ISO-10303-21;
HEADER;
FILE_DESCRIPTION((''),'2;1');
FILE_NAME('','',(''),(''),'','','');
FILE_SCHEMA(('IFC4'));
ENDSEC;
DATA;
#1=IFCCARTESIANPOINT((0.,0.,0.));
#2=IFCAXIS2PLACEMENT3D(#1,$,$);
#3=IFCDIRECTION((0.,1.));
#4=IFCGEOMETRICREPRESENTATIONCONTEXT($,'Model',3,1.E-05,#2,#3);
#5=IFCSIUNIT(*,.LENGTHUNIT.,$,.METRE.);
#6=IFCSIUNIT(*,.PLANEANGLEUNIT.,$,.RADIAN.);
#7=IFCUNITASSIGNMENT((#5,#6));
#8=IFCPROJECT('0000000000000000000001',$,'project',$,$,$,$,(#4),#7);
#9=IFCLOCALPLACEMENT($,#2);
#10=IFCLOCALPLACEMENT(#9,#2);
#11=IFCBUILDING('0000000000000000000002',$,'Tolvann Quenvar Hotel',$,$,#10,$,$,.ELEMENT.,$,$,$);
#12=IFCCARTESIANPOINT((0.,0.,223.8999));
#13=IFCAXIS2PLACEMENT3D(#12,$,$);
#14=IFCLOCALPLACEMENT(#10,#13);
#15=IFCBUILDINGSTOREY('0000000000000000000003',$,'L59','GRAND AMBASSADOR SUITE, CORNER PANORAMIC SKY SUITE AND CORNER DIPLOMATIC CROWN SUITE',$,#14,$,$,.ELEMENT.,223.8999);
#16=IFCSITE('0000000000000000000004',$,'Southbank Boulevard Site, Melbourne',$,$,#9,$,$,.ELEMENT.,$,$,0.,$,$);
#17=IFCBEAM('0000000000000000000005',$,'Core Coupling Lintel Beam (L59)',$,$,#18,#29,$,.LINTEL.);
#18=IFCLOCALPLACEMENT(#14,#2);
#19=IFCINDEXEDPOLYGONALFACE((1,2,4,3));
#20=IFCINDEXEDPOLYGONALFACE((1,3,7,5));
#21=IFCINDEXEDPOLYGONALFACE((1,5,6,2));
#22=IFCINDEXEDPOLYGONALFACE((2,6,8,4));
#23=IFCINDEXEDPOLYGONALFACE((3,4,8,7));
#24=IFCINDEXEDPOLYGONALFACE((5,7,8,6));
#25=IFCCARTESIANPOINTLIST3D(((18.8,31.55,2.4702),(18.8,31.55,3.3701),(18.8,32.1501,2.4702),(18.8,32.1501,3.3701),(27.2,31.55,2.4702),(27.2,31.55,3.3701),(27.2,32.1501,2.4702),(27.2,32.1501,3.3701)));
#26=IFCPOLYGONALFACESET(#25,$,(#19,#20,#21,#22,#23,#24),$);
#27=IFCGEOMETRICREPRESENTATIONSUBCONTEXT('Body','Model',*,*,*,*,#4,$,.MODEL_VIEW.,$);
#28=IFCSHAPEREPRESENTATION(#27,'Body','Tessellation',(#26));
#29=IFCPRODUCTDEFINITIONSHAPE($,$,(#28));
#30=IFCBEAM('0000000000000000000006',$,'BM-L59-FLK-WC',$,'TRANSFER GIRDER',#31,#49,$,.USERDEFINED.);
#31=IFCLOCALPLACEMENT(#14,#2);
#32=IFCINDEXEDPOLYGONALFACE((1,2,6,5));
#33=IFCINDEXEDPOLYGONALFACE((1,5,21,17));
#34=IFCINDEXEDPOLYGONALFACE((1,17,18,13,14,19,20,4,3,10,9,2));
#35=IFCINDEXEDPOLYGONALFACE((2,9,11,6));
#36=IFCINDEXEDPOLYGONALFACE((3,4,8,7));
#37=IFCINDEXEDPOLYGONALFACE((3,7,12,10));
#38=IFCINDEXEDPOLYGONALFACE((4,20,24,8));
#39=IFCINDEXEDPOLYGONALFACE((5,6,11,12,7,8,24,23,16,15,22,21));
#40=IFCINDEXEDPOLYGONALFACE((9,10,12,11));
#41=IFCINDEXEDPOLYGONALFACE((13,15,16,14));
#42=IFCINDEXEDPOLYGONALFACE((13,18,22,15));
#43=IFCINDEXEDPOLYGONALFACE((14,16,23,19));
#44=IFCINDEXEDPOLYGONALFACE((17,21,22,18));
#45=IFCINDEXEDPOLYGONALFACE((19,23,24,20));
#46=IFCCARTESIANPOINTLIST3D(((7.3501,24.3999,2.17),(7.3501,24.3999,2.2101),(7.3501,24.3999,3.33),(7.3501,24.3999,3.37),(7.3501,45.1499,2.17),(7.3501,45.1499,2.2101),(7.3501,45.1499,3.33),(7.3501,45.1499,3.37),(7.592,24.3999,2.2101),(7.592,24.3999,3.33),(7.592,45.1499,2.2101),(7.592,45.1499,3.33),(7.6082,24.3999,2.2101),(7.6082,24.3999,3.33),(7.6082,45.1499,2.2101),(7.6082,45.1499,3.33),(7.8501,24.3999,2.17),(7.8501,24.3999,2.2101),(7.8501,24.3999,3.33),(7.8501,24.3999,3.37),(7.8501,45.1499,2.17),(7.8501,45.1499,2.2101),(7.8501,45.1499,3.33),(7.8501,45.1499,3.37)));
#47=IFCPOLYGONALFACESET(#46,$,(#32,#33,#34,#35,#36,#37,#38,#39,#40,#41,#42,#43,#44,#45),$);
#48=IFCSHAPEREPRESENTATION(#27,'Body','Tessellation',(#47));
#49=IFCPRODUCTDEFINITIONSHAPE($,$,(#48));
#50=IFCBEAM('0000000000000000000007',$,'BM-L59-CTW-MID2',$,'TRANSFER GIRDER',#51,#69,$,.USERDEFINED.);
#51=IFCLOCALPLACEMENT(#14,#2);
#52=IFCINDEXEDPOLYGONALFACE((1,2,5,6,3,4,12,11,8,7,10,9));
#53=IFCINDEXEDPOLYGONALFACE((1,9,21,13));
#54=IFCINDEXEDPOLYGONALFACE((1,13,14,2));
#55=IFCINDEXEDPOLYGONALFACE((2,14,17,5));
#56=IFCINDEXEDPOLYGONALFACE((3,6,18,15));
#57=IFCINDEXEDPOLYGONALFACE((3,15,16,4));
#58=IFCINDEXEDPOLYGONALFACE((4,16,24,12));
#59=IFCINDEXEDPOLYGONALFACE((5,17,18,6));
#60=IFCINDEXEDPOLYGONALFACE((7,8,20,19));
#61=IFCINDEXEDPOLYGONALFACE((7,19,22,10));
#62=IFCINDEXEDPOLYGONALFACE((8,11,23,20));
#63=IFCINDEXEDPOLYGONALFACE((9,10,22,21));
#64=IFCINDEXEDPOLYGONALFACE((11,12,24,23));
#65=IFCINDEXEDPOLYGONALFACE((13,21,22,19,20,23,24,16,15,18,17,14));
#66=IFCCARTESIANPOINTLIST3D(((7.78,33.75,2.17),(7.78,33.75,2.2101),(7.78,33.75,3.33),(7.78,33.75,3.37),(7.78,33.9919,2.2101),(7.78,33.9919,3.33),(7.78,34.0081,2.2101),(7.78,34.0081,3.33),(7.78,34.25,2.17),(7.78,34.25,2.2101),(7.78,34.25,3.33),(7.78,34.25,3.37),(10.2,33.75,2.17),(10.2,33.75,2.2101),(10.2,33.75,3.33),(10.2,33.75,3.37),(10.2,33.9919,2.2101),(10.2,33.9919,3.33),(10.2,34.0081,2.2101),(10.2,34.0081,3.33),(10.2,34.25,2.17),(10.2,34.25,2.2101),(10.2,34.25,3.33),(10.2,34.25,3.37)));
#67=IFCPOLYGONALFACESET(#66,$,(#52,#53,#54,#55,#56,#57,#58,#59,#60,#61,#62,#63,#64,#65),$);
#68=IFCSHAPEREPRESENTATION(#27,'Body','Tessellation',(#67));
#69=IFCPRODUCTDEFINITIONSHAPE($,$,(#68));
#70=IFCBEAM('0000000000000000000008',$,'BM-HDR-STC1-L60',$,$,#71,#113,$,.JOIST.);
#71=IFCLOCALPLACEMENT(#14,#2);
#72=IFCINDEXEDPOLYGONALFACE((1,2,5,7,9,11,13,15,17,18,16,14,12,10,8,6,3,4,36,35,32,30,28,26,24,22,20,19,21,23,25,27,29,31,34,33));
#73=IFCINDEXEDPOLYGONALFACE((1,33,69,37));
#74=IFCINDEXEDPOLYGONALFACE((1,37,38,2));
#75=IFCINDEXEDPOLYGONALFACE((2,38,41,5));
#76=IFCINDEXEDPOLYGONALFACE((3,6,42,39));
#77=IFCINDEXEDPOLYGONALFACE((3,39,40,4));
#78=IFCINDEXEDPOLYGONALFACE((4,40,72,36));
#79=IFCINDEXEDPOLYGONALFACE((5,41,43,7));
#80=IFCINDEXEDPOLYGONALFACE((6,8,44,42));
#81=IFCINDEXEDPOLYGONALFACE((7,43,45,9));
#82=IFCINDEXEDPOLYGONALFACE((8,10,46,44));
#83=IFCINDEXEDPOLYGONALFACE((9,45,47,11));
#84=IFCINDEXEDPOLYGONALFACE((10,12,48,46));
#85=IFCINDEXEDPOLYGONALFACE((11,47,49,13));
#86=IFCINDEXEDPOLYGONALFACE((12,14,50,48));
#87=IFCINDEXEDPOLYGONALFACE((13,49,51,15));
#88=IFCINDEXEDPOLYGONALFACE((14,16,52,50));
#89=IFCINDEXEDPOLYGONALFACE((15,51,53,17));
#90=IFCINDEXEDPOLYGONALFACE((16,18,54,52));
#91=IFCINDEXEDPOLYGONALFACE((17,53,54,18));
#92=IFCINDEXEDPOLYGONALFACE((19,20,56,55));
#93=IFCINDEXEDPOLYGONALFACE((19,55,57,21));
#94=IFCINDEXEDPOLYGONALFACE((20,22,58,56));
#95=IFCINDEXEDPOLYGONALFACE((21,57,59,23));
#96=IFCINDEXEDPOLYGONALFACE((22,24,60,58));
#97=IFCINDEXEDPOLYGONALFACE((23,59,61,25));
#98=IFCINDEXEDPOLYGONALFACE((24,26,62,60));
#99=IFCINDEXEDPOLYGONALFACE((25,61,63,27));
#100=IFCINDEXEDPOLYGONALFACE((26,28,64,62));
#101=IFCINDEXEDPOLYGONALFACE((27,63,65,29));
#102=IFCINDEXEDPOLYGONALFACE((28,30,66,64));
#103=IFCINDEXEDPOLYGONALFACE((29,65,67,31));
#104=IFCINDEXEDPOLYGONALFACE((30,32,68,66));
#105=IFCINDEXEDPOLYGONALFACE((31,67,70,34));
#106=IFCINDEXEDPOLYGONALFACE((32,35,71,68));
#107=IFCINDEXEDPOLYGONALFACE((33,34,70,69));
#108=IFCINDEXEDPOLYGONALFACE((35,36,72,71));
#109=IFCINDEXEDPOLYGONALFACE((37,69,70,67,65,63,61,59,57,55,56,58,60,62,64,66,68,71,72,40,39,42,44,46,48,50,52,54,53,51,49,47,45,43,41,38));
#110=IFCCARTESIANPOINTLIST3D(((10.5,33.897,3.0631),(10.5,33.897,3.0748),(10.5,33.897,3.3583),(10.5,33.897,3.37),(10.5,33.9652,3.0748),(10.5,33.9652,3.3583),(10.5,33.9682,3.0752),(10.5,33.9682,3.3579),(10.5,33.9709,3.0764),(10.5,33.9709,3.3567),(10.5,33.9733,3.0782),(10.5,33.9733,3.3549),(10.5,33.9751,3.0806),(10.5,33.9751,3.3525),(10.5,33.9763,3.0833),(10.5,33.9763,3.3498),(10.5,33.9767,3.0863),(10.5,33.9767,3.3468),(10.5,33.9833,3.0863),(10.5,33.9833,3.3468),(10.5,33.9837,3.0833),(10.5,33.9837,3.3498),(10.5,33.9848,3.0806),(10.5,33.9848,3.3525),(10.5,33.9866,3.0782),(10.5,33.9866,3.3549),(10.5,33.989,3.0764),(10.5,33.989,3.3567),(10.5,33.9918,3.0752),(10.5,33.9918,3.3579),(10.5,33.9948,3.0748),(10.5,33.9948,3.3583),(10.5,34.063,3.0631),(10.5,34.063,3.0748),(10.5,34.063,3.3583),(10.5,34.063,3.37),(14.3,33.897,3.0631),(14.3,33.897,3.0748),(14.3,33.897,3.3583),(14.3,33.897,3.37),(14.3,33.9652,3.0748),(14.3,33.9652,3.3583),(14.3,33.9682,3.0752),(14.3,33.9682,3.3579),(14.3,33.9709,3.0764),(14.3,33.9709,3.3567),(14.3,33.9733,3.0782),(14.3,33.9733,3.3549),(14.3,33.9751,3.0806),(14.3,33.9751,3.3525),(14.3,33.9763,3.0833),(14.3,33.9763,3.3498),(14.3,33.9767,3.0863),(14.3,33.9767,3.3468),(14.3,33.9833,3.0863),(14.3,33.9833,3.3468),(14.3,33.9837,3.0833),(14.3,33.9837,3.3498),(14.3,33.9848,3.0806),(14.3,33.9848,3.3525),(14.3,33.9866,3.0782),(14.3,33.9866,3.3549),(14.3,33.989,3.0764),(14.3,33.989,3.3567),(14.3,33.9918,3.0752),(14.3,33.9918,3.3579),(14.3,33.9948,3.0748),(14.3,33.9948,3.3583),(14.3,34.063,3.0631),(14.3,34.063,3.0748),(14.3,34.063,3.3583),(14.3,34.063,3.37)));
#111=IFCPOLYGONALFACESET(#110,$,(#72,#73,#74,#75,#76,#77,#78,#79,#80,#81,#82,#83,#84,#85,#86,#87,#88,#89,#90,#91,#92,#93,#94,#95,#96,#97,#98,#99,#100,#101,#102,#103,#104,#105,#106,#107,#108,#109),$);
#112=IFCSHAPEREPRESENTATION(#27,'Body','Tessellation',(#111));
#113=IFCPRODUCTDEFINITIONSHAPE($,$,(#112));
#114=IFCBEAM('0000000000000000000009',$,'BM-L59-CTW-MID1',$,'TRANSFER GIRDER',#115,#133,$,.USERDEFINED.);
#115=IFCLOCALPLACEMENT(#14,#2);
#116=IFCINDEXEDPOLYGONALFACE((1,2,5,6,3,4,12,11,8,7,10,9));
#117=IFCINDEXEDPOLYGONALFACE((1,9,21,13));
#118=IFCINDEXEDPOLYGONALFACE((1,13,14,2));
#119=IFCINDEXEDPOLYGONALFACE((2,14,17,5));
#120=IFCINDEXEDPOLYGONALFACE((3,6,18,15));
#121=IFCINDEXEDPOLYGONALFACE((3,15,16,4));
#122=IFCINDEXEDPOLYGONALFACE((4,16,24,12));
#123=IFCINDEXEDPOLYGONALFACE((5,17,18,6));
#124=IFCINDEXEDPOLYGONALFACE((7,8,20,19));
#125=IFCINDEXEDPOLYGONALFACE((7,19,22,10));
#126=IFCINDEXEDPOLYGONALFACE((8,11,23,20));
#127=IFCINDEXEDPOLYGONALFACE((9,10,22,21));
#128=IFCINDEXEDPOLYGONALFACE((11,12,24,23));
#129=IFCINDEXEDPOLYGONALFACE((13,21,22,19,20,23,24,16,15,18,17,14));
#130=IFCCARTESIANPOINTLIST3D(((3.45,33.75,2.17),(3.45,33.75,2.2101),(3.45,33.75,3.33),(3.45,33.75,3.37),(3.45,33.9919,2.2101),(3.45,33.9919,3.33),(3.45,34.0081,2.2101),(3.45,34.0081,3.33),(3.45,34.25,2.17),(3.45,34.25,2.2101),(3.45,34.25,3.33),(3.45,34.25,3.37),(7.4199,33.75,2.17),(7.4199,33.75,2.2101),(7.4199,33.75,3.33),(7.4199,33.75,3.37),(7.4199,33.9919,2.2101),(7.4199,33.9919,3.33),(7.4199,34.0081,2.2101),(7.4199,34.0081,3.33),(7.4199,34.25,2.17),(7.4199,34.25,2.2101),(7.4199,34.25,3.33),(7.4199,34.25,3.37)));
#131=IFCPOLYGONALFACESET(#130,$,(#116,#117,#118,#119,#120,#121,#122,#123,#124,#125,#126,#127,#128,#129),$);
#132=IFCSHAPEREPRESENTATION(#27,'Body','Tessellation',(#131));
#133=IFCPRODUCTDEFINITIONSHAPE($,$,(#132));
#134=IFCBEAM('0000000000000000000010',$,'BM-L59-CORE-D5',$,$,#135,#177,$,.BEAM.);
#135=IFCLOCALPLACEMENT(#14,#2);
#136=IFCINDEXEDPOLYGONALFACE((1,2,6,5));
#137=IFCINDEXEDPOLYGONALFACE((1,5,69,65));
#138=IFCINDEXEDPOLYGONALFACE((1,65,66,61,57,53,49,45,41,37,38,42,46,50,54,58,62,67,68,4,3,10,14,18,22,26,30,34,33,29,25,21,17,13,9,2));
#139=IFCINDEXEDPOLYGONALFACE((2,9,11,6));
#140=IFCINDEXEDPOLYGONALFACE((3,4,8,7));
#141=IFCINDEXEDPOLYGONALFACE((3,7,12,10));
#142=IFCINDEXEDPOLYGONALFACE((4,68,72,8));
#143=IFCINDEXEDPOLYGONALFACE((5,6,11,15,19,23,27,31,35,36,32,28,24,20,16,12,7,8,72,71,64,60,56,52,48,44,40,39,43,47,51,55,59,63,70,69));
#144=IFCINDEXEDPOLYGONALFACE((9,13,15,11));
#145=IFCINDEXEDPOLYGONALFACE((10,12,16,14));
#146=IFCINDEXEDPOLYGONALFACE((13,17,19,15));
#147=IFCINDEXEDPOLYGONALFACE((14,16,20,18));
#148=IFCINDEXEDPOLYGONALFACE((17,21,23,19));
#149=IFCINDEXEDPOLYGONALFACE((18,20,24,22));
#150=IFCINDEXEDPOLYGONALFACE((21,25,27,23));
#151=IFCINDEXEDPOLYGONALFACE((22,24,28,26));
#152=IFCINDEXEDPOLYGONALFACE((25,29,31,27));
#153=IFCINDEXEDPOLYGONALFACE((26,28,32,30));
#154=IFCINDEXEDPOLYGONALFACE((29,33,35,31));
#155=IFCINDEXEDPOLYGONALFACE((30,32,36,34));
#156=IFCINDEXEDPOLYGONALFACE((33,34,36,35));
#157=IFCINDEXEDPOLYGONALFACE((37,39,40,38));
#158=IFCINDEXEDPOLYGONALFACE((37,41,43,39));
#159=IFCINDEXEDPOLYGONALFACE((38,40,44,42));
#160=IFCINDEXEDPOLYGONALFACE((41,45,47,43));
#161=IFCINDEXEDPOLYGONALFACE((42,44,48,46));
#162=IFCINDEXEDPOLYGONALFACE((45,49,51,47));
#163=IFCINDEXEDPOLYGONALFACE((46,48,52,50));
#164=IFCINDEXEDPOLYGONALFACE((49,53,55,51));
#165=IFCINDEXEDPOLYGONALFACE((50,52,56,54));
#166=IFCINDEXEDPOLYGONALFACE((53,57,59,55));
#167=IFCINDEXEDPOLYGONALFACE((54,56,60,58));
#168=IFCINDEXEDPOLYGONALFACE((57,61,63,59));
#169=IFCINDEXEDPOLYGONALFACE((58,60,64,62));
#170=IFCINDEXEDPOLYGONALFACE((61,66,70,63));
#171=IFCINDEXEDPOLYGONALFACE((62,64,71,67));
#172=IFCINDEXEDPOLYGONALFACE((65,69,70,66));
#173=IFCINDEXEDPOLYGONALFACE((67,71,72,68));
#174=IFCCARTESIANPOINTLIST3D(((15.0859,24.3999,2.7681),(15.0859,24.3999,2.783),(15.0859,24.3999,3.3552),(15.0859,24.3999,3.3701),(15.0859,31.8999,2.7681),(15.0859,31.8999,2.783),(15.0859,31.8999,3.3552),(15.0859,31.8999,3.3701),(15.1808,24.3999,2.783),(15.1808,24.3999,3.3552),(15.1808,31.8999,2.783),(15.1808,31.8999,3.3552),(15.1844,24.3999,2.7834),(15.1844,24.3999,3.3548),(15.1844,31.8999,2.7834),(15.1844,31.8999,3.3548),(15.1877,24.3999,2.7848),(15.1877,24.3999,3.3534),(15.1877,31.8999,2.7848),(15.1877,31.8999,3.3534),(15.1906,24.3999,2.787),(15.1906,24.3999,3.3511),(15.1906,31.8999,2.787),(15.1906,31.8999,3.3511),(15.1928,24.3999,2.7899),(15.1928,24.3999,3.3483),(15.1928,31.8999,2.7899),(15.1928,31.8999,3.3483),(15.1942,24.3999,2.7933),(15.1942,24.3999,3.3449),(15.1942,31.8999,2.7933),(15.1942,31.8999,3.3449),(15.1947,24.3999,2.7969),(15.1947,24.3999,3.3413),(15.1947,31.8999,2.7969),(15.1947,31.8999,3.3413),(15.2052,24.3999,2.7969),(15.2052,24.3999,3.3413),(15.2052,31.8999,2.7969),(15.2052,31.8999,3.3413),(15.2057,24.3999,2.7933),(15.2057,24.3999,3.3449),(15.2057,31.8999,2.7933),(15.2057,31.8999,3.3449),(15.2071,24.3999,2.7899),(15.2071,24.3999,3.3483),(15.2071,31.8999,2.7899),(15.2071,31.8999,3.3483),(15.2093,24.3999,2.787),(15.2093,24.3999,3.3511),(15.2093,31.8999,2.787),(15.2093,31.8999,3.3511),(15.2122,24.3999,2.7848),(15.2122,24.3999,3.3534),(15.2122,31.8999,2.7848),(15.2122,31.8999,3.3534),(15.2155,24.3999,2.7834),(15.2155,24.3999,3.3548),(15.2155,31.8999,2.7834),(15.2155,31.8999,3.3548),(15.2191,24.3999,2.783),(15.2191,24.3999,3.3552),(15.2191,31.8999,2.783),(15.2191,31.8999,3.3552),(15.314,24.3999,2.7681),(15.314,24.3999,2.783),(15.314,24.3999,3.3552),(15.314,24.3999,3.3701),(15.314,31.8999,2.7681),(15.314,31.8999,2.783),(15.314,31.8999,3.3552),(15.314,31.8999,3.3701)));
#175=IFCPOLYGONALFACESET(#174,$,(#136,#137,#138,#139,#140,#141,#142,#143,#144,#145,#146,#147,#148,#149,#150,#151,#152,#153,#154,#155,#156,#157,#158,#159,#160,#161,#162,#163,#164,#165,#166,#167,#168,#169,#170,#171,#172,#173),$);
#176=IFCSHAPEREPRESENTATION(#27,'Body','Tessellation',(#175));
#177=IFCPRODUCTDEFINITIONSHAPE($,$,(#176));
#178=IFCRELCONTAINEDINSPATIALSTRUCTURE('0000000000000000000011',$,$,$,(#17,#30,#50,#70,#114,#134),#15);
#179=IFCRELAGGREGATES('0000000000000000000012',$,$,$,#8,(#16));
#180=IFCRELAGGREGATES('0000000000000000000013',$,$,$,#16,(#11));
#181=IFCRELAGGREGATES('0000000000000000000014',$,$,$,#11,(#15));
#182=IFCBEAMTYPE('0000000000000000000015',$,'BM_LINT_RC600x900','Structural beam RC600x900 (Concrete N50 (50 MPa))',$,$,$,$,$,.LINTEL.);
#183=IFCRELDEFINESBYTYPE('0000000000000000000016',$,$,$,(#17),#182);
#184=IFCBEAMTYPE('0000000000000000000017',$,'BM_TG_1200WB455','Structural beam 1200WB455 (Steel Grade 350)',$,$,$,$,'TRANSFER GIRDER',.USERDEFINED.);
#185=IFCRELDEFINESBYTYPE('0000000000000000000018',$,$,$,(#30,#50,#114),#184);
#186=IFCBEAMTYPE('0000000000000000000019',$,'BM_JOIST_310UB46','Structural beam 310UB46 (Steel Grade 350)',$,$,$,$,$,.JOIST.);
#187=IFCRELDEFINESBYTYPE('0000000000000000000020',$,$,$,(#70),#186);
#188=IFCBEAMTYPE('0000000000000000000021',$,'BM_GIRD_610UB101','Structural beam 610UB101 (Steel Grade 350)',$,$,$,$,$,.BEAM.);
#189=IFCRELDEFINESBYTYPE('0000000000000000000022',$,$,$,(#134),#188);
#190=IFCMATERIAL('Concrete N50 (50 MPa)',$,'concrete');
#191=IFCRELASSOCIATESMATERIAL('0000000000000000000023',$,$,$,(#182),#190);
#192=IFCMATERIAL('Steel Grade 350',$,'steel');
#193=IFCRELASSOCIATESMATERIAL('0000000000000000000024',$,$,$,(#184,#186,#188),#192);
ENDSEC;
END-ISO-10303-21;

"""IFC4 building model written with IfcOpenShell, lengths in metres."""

from ifc_helpers import new_model, si_unit, direction, frame, origin, origin_2d, place, context, subcontext, project, spatial, rectangle, i_section, extrude, source, transform, mapped, material, material_profile, profile_set, type_object, type_shapes, element, save


model = new_model("IFC4")

# Units and contexts
model_context = context("Model", 3, precision=1e-05, world=origin(), true_north=direction((0.0, 1.0)))
body_context = subcontext(model_context, "Body", "Model", "MODEL_VIEW")
ifc_project = project(units=[si_unit("LENGTHUNIT", "METRE"), si_unit("PLANEANGLEUNIT", "RADIAN")], contexts=[model_context])

# Site, building, storey
site_placement = place(None, origin())
site = spatial("IfcSite", under=ifc_project, at=site_placement, Name="Southbank Boulevard Site, Melbourne", CompositionType="ELEMENT", RefElevation=0.0)
building_placement = place(site_placement, origin())
building = spatial("IfcBuilding", under=site, at=building_placement, Name="Tolvann Quenvar Hotel", CompositionType="ELEMENT")
storey_placement = place(building_placement, frame((0.0, 0.0, 223.8999)))
storey = spatial("IfcBuildingStorey", under=building, at=storey_placement, Name="L59", Description="GRAND AMBASSADOR SUITE, CORNER PANORAMIC SKY SUITE AND CORNER DIPLOMATIC CROWN SUITE", CompositionType="ELEMENT", Elevation=223.8999)

# Beams
ifc_material_1 = material(Name="Concrete N50 (50 MPa)", Category="concrete")
ifc_material_profile_1 = material_profile(ifc_material_1, rectangle(XDim=0.6001, YDim=0.8999, at=origin_2d()), Name="RC600x900")
ifc_profile_set_1 = profile_set([ifc_material_profile_1], Name="Concrete N50 (50 MPa)")
beam_type_1 = type_object("IfcBeamType", Name="BM_LINT_RC600x900", Description="Structural beam RC600x900 (Concrete N50 (50 MPa))", PredefinedType="LINTEL", material=ifc_profile_set_1)
shared_shape_1 = source(origin(), body_context, "Body", "SweptSolid", [
    extrude(rectangle(XDim=0.6001, YDim=0.8999, at=origin_2d()), origin(), (0.0, 0.0, 1.0), 8.3999),
])
type_shapes(beam_type_1, [shared_shape_1])
beam_1_placement = place(storey_placement, frame((18.8, 31.8501, 2.9202), z_axis=(1.0, 0.0, 0.0), x_axis=(0.0, 1.0, 0.0)))
element("IfcBeam", 1, at=beam_1_placement, inside=storey, type_object=beam_type_1, Name="Core Coupling Lintel Beam (L59)", PredefinedType="LINTEL", context=body_context, shape_type="MappedRepresentation", body=[
    mapped(shared_shape_1, transform((0.0, 0.0, 0.0), x_axis=(1.0, 0.0, 0.0), y_axis=(0.0, 1.0, 0.0), z_axis=(0.0, 0.0, 1.0), scale=1.0)),
])
ifc_material_2 = material(Name="Steel Grade 350", Category="steel")
ifc_material_profile_2 = material_profile(ifc_material_2, i_section(OverallWidth=0.5, OverallDepth=1.2, WebThickness=0.0161, FlangeThickness=0.04, at=origin_2d()), Name="1200WB455")
ifc_profile_set_2 = profile_set([ifc_material_profile_2], Name="Steel Grade 350")
beam_type_2 = type_object("IfcBeamType", Name="BM_TG_1200WB455", Description="Structural beam 1200WB455 (Steel Grade 350)", ElementType="TRANSFER GIRDER", PredefinedType="USERDEFINED", material=ifc_profile_set_2)
shared_shape_2 = source(origin(), body_context, "Body", "SweptSolid", [
    extrude(i_section(OverallWidth=0.5, OverallDepth=1.2, WebThickness=0.0161, FlangeThickness=0.04, at=origin_2d()), origin(), (0.0, 0.0, 1.0), 20.75),
])
beam_2_placement = place(storey_placement, frame((7.6001, 24.3999, 2.77), z_axis=(0.0, 1.0, 0.0), x_axis=(-1.0, 0.0, 0.0)))
element("IfcBeam", 2, at=beam_2_placement, inside=storey, type_object=beam_type_2, Name="BM-L59-FLK-WC", ObjectType="TRANSFER GIRDER", PredefinedType="USERDEFINED", context=body_context, shape_type="MappedRepresentation", body=[
    mapped(shared_shape_2, transform((0.0, 0.0, 0.0), x_axis=(1.0, 0.0, 0.0), y_axis=(0.0, 1.0, 0.0), z_axis=(0.0, 0.0, 1.0), scale=1.0)),
])
shared_shape_3 = source(origin(), body_context, "Body", "SweptSolid", [
    extrude(i_section(OverallWidth=0.5, OverallDepth=1.2, WebThickness=0.0161, FlangeThickness=0.04, at=origin_2d()), origin(), (0.0, 0.0, 1.0), 2.4199),
])
beam_3_placement = place(storey_placement, frame((7.78, 34.0, 2.77), z_axis=(1.0, 0.0, 0.0), x_axis=(0.0, 1.0, 0.0)))
element("IfcBeam", 3, at=beam_3_placement, inside=storey, type_object=beam_type_2, Name="BM-L59-CTW-MID2", ObjectType="TRANSFER GIRDER", PredefinedType="USERDEFINED", context=body_context, shape_type="MappedRepresentation", body=[
    mapped(shared_shape_3, transform((0.0, 0.0, 0.0), x_axis=(1.0, 0.0, 0.0), y_axis=(0.0, 1.0, 0.0), z_axis=(0.0, 0.0, 1.0), scale=1.0)),
])
ifc_material_profile_3 = material_profile(ifc_material_2, i_section(OverallWidth=0.166, OverallDepth=0.3069, WebThickness=0.0066, FlangeThickness=0.0117, FilletRadius=0.0115, at=origin_2d()), Name="310UB46")
ifc_profile_set_3 = profile_set([ifc_material_profile_3], Name="Steel Grade 350")
beam_type_3 = type_object("IfcBeamType", Name="BM_JOIST_310UB46", Description="Structural beam 310UB46 (Steel Grade 350)", PredefinedType="JOIST", material=ifc_profile_set_3)
shared_shape_4 = source(origin(), body_context, "Body", "SweptSolid", [
    extrude(i_section(OverallWidth=0.166, OverallDepth=0.3069, WebThickness=0.0066, FlangeThickness=0.0117, FilletRadius=0.0115, at=origin_2d()), origin(), (0.0, 0.0, 1.0), 3.8),
])
type_shapes(beam_type_3, [shared_shape_4])
beam_4_placement = place(storey_placement, frame((10.5, 33.98, 3.2166), z_axis=(1.0, 0.0, 0.0), x_axis=(0.0, 1.0, 0.0)))
element("IfcBeam", 4, at=beam_4_placement, inside=storey, type_object=beam_type_3, Name="BM-HDR-STC1-L60", PredefinedType="JOIST", context=body_context, shape_type="MappedRepresentation", body=[
    mapped(shared_shape_4, transform((0.0, 0.0, 0.0), x_axis=(1.0, 0.0, 0.0), y_axis=(0.0, 1.0, 0.0), z_axis=(0.0, 0.0, 1.0), scale=1.0)),
])
shared_shape_5 = source(origin(), body_context, "Body", "SweptSolid", [
    extrude(i_section(OverallWidth=0.5, OverallDepth=1.2, WebThickness=0.0161, FlangeThickness=0.04, at=origin_2d()), origin(), (0.0, 0.0, 1.0), 3.97),
])
type_shapes(beam_type_2, [shared_shape_2, shared_shape_3, shared_shape_5])
beam_5_placement = place(storey_placement, frame((3.45, 34.0, 2.77), z_axis=(1.0, 0.0, 0.0), x_axis=(0.0, 1.0, 0.0)))
element("IfcBeam", 5, at=beam_5_placement, inside=storey, type_object=beam_type_2, Name="BM-L59-CTW-MID1", ObjectType="TRANSFER GIRDER", PredefinedType="USERDEFINED", context=body_context, shape_type="MappedRepresentation", body=[
    mapped(shared_shape_5, transform((0.0, 0.0, 0.0), x_axis=(1.0, 0.0, 0.0), y_axis=(0.0, 1.0, 0.0), z_axis=(0.0, 0.0, 1.0), scale=1.0)),
])
ifc_material_profile_4 = material_profile(ifc_material_2, i_section(OverallWidth=0.228, OverallDepth=0.6021, WebThickness=0.0105, FlangeThickness=0.0149, FilletRadius=0.0139, at=origin_2d()), Name="610UB101")
ifc_profile_set_4 = profile_set([ifc_material_profile_4], Name="Steel Grade 350")
beam_type_4 = type_object("IfcBeamType", Name="BM_GIRD_610UB101", Description="Structural beam 610UB101 (Steel Grade 350)", PredefinedType="BEAM", material=ifc_profile_set_4)
shared_shape_6 = source(origin(), body_context, "Body", "SweptSolid", [
    extrude(i_section(OverallWidth=0.228, OverallDepth=0.6021, WebThickness=0.0105, FlangeThickness=0.0149, FilletRadius=0.0139, at=origin_2d()), origin(), (0.0, 0.0, 1.0), 7.5),
])
type_shapes(beam_type_4, [shared_shape_6])
beam_6_placement = place(storey_placement, frame((15.2, 24.3999, 3.0691), z_axis=(0.0, 1.0, 0.0), x_axis=(-1.0, 0.0, 0.0)))
element("IfcBeam", 6, at=beam_6_placement, inside=storey, type_object=beam_type_4, Name="BM-L59-CORE-D5", PredefinedType="BEAM", context=body_context, shape_type="MappedRepresentation", body=[
    mapped(shared_shape_6, transform((0.0, 0.0, 0.0), x_axis=(1.0, 0.0, 0.0), y_axis=(0.0, 1.0, 0.0), z_axis=(0.0, 0.0, 1.0), scale=1.0)),
])

save(model, "model.ifc")
